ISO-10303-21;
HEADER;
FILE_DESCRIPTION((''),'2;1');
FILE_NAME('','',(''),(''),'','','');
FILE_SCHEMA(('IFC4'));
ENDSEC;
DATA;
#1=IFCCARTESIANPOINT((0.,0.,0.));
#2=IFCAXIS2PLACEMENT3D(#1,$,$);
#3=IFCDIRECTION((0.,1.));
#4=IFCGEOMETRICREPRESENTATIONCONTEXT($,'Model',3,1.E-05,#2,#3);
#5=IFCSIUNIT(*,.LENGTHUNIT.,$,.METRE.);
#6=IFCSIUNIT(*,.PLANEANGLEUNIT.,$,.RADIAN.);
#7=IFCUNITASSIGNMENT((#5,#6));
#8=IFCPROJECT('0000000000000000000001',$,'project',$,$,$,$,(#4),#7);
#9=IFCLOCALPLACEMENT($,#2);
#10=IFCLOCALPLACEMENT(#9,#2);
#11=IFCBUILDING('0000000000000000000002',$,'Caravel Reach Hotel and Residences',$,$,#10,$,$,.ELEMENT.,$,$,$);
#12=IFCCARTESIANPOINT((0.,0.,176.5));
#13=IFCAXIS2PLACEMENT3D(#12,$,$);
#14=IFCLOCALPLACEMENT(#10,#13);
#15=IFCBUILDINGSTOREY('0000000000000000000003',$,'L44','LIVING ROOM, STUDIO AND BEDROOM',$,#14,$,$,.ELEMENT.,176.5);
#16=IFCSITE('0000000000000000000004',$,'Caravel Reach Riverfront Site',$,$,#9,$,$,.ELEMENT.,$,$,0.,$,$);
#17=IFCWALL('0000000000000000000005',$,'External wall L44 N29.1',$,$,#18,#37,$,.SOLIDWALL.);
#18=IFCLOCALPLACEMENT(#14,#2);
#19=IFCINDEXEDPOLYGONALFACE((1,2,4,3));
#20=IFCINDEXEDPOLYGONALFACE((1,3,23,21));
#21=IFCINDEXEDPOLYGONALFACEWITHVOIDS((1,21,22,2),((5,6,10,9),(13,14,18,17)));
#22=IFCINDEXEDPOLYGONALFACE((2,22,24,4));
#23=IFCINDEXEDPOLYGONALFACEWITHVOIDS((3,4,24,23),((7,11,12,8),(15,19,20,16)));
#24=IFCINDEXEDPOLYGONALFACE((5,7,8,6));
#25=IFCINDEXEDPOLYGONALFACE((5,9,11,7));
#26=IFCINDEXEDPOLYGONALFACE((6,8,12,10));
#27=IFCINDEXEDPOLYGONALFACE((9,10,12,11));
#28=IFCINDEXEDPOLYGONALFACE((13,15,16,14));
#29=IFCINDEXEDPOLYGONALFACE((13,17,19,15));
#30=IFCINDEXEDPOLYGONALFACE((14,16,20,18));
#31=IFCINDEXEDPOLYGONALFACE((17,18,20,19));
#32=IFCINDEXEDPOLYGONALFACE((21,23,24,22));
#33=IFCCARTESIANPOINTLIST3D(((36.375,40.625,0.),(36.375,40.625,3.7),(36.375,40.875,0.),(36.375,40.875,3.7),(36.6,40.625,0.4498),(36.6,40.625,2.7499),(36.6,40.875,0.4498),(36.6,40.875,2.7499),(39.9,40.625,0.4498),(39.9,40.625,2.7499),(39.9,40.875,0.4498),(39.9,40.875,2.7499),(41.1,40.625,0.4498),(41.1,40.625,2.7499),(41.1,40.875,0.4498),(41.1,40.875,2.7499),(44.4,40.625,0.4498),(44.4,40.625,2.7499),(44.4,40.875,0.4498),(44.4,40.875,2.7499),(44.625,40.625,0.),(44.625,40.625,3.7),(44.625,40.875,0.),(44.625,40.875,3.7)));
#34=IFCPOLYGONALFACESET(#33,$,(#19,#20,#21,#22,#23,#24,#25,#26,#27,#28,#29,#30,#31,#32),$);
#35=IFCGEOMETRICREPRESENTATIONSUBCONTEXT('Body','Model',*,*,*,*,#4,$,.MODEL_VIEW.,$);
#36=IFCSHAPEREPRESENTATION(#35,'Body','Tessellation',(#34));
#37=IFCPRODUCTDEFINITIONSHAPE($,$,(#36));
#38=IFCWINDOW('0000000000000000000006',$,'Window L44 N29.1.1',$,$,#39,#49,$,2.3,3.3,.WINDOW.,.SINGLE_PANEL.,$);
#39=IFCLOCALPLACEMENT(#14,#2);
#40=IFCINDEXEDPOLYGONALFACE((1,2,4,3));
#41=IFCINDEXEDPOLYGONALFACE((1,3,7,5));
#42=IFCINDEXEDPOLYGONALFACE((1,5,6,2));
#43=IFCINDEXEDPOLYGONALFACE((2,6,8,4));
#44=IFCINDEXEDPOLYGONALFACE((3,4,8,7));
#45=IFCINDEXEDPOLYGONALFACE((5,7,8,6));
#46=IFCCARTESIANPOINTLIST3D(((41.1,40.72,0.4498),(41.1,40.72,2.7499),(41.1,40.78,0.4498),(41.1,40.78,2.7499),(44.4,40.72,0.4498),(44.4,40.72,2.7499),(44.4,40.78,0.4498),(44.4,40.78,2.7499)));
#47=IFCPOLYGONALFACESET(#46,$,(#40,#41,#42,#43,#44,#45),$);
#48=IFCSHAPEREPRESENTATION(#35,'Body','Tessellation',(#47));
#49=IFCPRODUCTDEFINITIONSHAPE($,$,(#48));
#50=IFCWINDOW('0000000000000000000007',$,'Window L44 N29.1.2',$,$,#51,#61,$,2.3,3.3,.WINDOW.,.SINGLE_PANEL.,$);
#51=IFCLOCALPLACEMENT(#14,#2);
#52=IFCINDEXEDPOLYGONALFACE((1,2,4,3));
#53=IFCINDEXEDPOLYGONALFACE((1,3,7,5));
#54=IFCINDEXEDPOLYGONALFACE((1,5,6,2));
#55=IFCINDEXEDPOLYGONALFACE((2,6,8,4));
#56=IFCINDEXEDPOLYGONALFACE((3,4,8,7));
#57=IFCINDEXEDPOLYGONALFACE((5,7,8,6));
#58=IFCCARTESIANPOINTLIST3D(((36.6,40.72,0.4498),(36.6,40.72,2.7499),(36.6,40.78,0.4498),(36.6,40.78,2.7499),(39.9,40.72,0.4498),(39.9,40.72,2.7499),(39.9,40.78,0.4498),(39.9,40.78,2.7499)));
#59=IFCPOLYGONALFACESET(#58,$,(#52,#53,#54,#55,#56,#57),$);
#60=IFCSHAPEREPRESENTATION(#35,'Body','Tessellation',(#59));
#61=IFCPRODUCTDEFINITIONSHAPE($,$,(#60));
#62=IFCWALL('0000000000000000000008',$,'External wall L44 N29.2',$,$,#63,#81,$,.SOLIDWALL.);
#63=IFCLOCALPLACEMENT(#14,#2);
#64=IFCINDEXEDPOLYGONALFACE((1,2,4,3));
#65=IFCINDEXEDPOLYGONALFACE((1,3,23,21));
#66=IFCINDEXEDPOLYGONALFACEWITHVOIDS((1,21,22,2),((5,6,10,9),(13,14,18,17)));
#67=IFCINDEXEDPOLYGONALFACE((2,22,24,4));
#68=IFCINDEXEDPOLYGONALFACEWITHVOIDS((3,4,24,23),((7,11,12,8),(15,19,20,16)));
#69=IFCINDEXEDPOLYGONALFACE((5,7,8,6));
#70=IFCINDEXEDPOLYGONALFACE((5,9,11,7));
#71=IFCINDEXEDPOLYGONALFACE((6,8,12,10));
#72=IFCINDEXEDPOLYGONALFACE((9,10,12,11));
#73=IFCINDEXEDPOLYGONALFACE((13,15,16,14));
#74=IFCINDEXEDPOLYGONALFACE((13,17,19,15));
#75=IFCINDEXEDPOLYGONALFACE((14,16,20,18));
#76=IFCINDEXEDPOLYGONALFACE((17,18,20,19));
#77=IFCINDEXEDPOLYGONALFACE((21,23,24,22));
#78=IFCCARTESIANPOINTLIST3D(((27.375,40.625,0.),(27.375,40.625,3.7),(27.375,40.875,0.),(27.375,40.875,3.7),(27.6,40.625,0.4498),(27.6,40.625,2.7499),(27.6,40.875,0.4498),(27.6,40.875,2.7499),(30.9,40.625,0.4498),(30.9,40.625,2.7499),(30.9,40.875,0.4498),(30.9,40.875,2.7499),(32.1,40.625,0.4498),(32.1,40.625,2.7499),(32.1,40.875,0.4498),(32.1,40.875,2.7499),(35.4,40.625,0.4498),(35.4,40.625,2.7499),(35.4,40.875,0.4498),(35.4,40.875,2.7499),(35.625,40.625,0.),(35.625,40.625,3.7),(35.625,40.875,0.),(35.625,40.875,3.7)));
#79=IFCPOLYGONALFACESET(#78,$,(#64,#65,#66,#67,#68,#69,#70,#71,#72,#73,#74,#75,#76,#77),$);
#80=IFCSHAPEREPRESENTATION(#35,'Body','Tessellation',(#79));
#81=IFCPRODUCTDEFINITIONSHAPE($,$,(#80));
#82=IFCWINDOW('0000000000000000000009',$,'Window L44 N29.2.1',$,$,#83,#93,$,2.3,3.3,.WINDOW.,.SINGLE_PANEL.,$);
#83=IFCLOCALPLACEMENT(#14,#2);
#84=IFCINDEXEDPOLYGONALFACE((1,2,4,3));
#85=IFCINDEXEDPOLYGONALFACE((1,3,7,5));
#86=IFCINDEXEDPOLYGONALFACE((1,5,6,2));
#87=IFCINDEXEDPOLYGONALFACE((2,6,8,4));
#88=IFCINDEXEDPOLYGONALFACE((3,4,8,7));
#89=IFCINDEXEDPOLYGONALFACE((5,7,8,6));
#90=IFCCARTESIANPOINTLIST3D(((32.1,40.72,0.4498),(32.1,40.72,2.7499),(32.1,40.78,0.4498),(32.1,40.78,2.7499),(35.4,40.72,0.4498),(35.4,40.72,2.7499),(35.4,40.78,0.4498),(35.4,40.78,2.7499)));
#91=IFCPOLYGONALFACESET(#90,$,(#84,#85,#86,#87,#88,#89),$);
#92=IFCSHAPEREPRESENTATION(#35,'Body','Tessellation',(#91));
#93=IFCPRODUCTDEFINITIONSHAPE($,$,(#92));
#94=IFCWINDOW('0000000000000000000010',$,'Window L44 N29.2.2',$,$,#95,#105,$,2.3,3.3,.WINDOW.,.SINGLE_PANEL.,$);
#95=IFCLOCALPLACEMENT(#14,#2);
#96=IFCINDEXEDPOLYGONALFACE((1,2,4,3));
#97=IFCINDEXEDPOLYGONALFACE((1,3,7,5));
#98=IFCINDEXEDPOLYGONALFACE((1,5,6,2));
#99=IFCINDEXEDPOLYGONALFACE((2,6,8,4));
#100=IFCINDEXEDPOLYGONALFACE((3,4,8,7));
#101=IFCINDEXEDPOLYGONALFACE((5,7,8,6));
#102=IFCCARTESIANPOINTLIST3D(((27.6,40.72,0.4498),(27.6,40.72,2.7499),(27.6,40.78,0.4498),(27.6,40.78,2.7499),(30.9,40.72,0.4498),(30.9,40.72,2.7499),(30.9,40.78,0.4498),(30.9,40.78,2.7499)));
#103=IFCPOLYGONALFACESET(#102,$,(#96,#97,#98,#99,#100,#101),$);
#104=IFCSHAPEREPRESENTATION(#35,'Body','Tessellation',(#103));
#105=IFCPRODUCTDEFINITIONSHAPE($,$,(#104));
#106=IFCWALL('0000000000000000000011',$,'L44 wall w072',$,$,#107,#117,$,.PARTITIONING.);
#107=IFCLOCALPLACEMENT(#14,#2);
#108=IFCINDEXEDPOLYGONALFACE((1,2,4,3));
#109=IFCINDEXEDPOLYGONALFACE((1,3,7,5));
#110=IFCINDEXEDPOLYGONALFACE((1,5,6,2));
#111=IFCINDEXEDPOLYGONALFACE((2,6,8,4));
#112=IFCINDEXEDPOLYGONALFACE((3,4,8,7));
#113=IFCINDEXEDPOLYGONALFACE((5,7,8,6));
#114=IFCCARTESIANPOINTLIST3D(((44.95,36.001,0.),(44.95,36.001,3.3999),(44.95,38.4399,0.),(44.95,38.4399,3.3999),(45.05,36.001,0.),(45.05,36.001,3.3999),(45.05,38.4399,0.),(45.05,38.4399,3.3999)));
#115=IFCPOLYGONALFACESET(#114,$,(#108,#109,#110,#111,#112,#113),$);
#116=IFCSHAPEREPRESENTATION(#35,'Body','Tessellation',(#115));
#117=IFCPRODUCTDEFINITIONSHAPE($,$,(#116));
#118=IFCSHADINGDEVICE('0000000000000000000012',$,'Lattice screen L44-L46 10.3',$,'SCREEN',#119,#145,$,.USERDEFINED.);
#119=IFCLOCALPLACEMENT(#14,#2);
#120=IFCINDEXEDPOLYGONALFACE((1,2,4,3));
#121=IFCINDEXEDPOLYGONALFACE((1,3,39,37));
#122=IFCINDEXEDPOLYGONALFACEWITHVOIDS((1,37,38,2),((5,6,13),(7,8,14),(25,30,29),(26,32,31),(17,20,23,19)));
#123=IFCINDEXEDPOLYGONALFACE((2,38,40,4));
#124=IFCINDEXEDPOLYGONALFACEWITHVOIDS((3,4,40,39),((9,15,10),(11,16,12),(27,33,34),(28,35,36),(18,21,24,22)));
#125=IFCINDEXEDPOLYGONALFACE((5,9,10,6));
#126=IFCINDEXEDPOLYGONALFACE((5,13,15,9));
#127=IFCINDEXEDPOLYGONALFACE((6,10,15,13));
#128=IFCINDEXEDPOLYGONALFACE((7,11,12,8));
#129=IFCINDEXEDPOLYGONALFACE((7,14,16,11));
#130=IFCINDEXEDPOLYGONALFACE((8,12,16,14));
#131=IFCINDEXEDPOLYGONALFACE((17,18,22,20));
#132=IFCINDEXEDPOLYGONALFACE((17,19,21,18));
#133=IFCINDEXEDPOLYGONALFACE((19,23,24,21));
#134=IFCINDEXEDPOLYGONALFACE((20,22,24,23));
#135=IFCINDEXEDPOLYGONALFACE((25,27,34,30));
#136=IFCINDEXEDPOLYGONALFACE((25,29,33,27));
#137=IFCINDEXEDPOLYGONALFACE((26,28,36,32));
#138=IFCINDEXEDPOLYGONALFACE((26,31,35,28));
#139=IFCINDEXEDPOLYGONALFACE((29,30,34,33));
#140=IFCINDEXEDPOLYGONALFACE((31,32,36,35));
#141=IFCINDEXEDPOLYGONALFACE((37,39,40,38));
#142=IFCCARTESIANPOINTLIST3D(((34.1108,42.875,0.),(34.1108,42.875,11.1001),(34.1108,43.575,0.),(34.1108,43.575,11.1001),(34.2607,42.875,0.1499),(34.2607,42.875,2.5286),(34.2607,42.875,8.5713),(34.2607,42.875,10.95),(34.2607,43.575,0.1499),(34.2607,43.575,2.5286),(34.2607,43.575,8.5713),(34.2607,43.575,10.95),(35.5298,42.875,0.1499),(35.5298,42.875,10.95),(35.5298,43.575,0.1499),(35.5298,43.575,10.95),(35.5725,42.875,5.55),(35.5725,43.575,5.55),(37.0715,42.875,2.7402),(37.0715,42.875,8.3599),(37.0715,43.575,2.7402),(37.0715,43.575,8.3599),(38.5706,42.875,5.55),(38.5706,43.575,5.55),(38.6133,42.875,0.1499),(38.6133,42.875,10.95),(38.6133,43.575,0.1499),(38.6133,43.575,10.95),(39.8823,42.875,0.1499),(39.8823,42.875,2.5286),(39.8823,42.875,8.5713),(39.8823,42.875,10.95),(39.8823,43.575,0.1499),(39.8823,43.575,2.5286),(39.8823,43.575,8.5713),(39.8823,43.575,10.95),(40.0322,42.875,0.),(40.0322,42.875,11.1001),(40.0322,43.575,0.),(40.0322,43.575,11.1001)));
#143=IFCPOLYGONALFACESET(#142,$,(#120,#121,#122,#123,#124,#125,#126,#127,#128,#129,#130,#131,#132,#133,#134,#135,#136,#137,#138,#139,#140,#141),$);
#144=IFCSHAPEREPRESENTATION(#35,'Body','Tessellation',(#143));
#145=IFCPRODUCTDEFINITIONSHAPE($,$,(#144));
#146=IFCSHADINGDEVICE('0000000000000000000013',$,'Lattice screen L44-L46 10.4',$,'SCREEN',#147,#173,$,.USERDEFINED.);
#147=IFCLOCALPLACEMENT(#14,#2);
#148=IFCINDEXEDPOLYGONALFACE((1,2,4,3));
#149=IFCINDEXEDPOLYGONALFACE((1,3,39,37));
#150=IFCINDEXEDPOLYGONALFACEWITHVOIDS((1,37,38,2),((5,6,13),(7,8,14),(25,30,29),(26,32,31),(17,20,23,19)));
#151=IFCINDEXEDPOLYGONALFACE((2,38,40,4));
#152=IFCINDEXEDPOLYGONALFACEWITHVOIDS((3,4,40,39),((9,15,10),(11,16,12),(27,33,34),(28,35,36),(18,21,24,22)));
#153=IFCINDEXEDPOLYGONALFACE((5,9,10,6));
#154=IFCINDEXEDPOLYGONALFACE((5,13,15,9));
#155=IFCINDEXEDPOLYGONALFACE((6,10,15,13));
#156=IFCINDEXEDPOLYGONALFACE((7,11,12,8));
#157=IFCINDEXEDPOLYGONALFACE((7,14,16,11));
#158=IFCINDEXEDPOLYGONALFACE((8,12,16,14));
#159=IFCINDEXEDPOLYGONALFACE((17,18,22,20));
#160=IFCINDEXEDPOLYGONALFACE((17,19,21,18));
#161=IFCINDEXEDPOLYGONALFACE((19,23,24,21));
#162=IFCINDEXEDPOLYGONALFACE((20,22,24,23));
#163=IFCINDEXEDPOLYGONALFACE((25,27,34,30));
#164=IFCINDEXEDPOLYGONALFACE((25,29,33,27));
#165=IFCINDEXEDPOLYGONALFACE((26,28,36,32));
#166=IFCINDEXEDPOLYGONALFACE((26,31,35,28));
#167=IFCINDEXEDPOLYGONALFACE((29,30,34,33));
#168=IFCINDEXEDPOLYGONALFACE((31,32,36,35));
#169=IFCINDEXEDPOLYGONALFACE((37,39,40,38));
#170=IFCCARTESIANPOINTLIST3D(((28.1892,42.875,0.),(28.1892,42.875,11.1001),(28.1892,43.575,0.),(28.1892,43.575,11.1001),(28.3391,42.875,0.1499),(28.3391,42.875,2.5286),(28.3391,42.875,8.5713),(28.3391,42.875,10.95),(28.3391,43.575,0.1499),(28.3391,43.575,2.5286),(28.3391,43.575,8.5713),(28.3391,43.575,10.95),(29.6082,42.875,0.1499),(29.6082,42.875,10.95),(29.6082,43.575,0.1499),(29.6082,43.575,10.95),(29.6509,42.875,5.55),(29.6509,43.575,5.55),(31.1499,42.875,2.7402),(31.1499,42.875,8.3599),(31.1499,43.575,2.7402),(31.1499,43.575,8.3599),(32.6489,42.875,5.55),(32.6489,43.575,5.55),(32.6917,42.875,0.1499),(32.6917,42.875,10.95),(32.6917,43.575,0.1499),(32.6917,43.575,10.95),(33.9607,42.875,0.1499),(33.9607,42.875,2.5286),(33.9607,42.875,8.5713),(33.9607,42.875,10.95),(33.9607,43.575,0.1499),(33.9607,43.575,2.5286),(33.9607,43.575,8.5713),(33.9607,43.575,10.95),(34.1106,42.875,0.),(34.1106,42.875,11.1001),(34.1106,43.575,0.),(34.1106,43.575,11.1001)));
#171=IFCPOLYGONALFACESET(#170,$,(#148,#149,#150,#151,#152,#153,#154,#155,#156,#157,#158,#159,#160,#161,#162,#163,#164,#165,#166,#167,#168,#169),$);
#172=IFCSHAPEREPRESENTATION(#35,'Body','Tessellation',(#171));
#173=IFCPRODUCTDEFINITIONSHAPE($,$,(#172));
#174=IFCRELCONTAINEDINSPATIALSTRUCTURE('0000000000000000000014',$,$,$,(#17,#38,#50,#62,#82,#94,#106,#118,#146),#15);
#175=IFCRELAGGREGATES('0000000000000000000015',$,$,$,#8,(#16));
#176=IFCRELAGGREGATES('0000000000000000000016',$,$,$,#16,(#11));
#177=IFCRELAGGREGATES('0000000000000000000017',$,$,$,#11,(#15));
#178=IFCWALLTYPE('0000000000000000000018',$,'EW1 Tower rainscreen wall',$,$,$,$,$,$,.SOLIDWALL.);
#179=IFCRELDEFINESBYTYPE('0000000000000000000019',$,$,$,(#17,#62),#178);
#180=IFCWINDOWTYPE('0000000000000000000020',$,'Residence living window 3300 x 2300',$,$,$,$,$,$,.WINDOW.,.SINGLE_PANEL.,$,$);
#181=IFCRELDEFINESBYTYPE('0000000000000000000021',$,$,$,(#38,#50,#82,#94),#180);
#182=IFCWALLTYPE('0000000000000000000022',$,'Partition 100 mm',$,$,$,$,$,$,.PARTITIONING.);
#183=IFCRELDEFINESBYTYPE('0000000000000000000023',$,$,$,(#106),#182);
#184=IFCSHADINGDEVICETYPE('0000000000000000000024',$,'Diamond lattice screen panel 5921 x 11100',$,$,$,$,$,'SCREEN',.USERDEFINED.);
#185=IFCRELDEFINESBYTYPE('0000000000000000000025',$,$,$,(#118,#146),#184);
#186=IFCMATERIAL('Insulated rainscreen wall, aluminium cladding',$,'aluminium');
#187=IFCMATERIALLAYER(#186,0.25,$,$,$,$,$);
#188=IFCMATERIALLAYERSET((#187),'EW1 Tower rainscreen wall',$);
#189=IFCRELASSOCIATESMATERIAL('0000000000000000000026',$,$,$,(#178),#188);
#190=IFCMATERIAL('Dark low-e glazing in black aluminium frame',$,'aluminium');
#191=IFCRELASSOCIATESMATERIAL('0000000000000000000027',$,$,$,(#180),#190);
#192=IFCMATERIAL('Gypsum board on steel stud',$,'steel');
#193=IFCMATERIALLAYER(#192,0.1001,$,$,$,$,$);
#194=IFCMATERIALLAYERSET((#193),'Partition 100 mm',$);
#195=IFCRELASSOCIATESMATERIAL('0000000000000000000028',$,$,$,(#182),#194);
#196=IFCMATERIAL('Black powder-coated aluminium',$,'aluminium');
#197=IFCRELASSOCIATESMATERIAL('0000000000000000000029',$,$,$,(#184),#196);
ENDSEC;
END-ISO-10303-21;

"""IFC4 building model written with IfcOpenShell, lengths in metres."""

from ifc_helpers import new_model, si_unit, direction, frame, frame_2d, origin, place, context, subcontext, project, spatial, polyline, rectangle, outline, extrude, material, layer, layer_set, type_object, element, fill, save


model = new_model("IFC4")

# Units and contexts
model_context = context("Model", 3, precision=1e-05, world=origin(), true_north=direction((0.0, 1.0)))
body_context = subcontext(model_context, "Body", "Model", "MODEL_VIEW")
ifc_project = project(units=[si_unit("LENGTHUNIT", "METRE"), si_unit("PLANEANGLEUNIT", "RADIAN")], contexts=[model_context])

# Site, building, storey
site_placement = place(None, origin())
site = spatial("IfcSite", under=ifc_project, at=site_placement, Name="Caravel Reach Riverfront Site", CompositionType="ELEMENT", RefElevation=0.0)
building_placement = place(site_placement, origin())
building = spatial("IfcBuilding", under=site, at=building_placement, Name="Caravel Reach Hotel and Residences", CompositionType="ELEMENT")
storey_placement = place(building_placement, frame((0.0, 0.0, 176.5)))
storey = spatial("IfcBuildingStorey", under=building, at=storey_placement, Name="L44", Description="LIVING ROOM, STUDIO AND BEDROOM", CompositionType="ELEMENT", Elevation=176.5)

# Walls, openings, windows
ifc_material_1 = material(Name="Insulated rainscreen wall, aluminium cladding", Category="aluminium")
ifc_layer_1 = layer(ifc_material_1, 0.25)
ifc_layer_set_1 = layer_set([ifc_layer_1], Name="EW1 Tower rainscreen wall")
wall_type_1 = type_object("IfcWallType", Name="EW1 Tower rainscreen wall", PredefinedType="SOLIDWALL", material=ifc_layer_set_1)
wall_1_placement = place(storey_placement, frame((44.625, 40.75, 0.0), z_axis=(0.0, 0.0, 1.0), x_axis=(-1.0, 0.0, 0.0)))
wall_1 = element("IfcWall", 1, at=wall_1_placement, inside=storey, type_object=wall_type_1, Name="External wall L44 N29.1", PredefinedType="SOLIDWALL", context=body_context, shape_type="SweptSolid", body=[
    extrude(rectangle(XDim=8.25, YDim=0.25, at=frame_2d((4.125, 0.0))), origin(), (0.0, 0.0, 1.0), 3.7),
])
opening_1_placement = place(wall_1_placement, frame((0.2251, 0.0, 0.45)))
opening_1 = element("IfcOpeningElement", 2, at=opening_1_placement, cuts=wall_1, PredefinedType="OPENING", context=body_context, shape_type="SweptSolid", body=[
    extrude(rectangle(XDim=3.3, YDim=2.3, at=frame_2d((1.6499, 1.1499))), frame((0.0, 0.135, 0.0), z_axis=(0.0, -1.0, 0.0), x_axis=(1.0, 0.0, 0.0)), (0.0, 0.0, 1.0), 0.27),
])
opening_2_placement = place(wall_1_placement, frame((4.7251, 0.0, 0.45)))
opening_2 = element("IfcOpeningElement", 3, at=opening_2_placement, cuts=wall_1, PredefinedType="OPENING", context=body_context, shape_type="SweptSolid", body=[
    extrude(rectangle(XDim=3.3, YDim=2.3, at=frame_2d((1.6499, 1.1499))), frame((0.0, 0.135, 0.0), z_axis=(0.0, -1.0, 0.0), x_axis=(1.0, 0.0, 0.0)), (0.0, 0.0, 1.0), 0.27),
])
ifc_material_2 = material(Name="Dark low-e glazing in black aluminium frame", Category="aluminium")
window_type = type_object("IfcWindowType", Name="Residence living window 3300 x 2300", PartitioningType="SINGLE_PANEL", PredefinedType="WINDOW", material=ifc_material_2)
window_1_placement = place(opening_1_placement, origin())
window_1 = element("IfcWindow", 4, at=window_1_placement, inside=storey, type_object=window_type, Name="Window L44 N29.1.1", OverallHeight=2.3, OverallWidth=3.3, PartitioningType="SINGLE_PANEL", PredefinedType="WINDOW", context=body_context, shape_type="SweptSolid", body=[
    extrude(rectangle(XDim=3.3, YDim=2.3, at=frame_2d((1.6499, 1.1499))), frame((0.0, 0.03, 0.0), z_axis=(0.0, -1.0, 0.0), x_axis=(1.0, 0.0, 0.0)), (0.0, 0.0, 1.0), 0.0601),
])
fill(opening_1, window_1)
window_2_placement = place(opening_2_placement, origin())
window_2 = element("IfcWindow", 5, at=window_2_placement, inside=storey, type_object=window_type, Name="Window L44 N29.1.2", OverallHeight=2.3, OverallWidth=3.3, PartitioningType="SINGLE_PANEL", PredefinedType="WINDOW", context=body_context, shape_type="SweptSolid", body=[
    extrude(rectangle(XDim=3.3, YDim=2.3, at=frame_2d((1.6499, 1.1499))), frame((0.0, 0.03, 0.0), z_axis=(0.0, -1.0, 0.0), x_axis=(1.0, 0.0, 0.0)), (0.0, 0.0, 1.0), 0.0601),
])
fill(opening_2, window_2)
wall_2_placement = place(storey_placement, frame((35.625, 40.75, 0.0), z_axis=(0.0, 0.0, 1.0), x_axis=(-1.0, 0.0, 0.0)))
wall_2 = element("IfcWall", 6, at=wall_2_placement, inside=storey, type_object=wall_type_1, Name="External wall L44 N29.2", PredefinedType="SOLIDWALL", context=body_context, shape_type="SweptSolid", body=[
    extrude(rectangle(XDim=8.25, YDim=0.25, at=frame_2d((4.125, 0.0))), origin(), (0.0, 0.0, 1.0), 3.7),
])
opening_3_placement = place(wall_2_placement, frame((0.2251, 0.0, 0.45)))
opening_3 = element("IfcOpeningElement", 7, at=opening_3_placement, cuts=wall_2, PredefinedType="OPENING", context=body_context, shape_type="SweptSolid", body=[
    extrude(rectangle(XDim=3.3, YDim=2.3, at=frame_2d((1.6499, 1.1499))), frame((0.0, 0.135, 0.0), z_axis=(0.0, -1.0, 0.0), x_axis=(1.0, 0.0, 0.0)), (0.0, 0.0, 1.0), 0.27),
])
opening_4_placement = place(wall_2_placement, frame((4.7251, 0.0, 0.45)))
opening_4 = element("IfcOpeningElement", 8, at=opening_4_placement, cuts=wall_2, PredefinedType="OPENING", context=body_context, shape_type="SweptSolid", body=[
    extrude(rectangle(XDim=3.3, YDim=2.3, at=frame_2d((1.6499, 1.1499))), frame((0.0, 0.135, 0.0), z_axis=(0.0, -1.0, 0.0), x_axis=(1.0, 0.0, 0.0)), (0.0, 0.0, 1.0), 0.27),
])
window_3_placement = place(opening_3_placement, origin())
window_3 = element("IfcWindow", 9, at=window_3_placement, inside=storey, type_object=window_type, Name="Window L44 N29.2.1", OverallHeight=2.3, OverallWidth=3.3, PartitioningType="SINGLE_PANEL", PredefinedType="WINDOW", context=body_context, shape_type="SweptSolid", body=[
    extrude(rectangle(XDim=3.3, YDim=2.3, at=frame_2d((1.6499, 1.1499))), frame((0.0, 0.03, 0.0), z_axis=(0.0, -1.0, 0.0), x_axis=(1.0, 0.0, 0.0)), (0.0, 0.0, 1.0), 0.0601),
])
fill(opening_3, window_3)
window_4_placement = place(opening_4_placement, origin())
window_4 = element("IfcWindow", 10, at=window_4_placement, inside=storey, type_object=window_type, Name="Window L44 N29.2.2", OverallHeight=2.3, OverallWidth=3.3, PartitioningType="SINGLE_PANEL", PredefinedType="WINDOW", context=body_context, shape_type="SweptSolid", body=[
    extrude(rectangle(XDim=3.3, YDim=2.3, at=frame_2d((1.6499, 1.1499))), frame((0.0, 0.03, 0.0), z_axis=(0.0, -1.0, 0.0), x_axis=(1.0, 0.0, 0.0)), (0.0, 0.0, 1.0), 0.0601),
])
fill(opening_4, window_4)

# Wall
ifc_material_3 = material(Name="Gypsum board on steel stud", Category="steel")
ifc_layer_2 = layer(ifc_material_3, 0.1001)
ifc_layer_set_2 = layer_set([ifc_layer_2], Name="Partition 100 mm")
wall_type_2 = type_object("IfcWallType", Name="Partition 100 mm", PredefinedType="PARTITIONING", material=ifc_layer_set_2)
wall_3_placement = place(storey_placement, frame((45.0, 36.001, 0.0), z_axis=(0.0, 0.0, 1.0), x_axis=(0.0, 1.0, 0.0)))
element("IfcWall", 11, at=wall_3_placement, inside=storey, type_object=wall_type_2, Name="L44 wall w072", PredefinedType="PARTITIONING", context=body_context, shape_type="SweptSolid", body=[
    extrude(rectangle(XDim=2.439, YDim=0.1001, at=frame_2d((1.2195, 0.0))), origin(), (0.0, 0.0, 1.0), 3.3999),
])

# Shading devices
ifc_material_4 = material(Name="Black powder-coated aluminium", Category="aluminium")
shading_device_type = type_object("IfcShadingDeviceType", Name="Diamond lattice screen panel 5921 x 11100", ElementType="SCREEN", PredefinedType="USERDEFINED", material=ifc_material_4)
for number, where, z_axis, x_axis, name in (
    (12, (40.0322, 42.875, 0.0), (0.0, 1.0, 0.0), (-1.0, 0.0, 0.0), "Lattice screen L44-L46 10.3"),
    (13, (34.1106, 42.875, 0.0), (0.0, 1.0, 0.0), (-1.0, 0.0, 0.0), "Lattice screen L44-L46 10.4"),
):
    element("IfcShadingDevice", number, at=place(storey_placement, frame(where, z_axis=z_axis, x_axis=x_axis)), inside=storey, type_object=shading_device_type, Name=name, ObjectType="SCREEN", PredefinedType="USERDEFINED", context=body_context, shape_type="SweptSolid", body=[
        extrude(outline(polyline([(0.0, 0.0), (5.9214, 0.0), (5.9214, 11.1001), (0.0, 11.1001), (0.0, 0.0)]), holes=[polyline([(1.4189, 0.1499), (0.1499, 2.5286), (0.1499, 0.1499), (1.4189, 0.1499)]), polyline([(0.1499, 8.5713), (1.4189, 10.95), (0.1499, 10.95), (0.1499, 8.5713)]), polyline([(2.9607, 8.3599), (1.4617, 5.55), (2.9607, 2.7402), (4.4597, 5.55), (2.9607, 8.3599)]), polyline([(5.7715, 2.5286), (4.5024, 0.1499), (5.7715, 0.1499), (5.7715, 2.5286)]), polyline([(4.5024, 10.95), (5.7715, 8.5713), (5.7715, 10.95), (4.5024, 10.95)])]), origin(), (0.0, 0.0, 1.0), 0.7),
    ])

save(model, "model.ifc")
